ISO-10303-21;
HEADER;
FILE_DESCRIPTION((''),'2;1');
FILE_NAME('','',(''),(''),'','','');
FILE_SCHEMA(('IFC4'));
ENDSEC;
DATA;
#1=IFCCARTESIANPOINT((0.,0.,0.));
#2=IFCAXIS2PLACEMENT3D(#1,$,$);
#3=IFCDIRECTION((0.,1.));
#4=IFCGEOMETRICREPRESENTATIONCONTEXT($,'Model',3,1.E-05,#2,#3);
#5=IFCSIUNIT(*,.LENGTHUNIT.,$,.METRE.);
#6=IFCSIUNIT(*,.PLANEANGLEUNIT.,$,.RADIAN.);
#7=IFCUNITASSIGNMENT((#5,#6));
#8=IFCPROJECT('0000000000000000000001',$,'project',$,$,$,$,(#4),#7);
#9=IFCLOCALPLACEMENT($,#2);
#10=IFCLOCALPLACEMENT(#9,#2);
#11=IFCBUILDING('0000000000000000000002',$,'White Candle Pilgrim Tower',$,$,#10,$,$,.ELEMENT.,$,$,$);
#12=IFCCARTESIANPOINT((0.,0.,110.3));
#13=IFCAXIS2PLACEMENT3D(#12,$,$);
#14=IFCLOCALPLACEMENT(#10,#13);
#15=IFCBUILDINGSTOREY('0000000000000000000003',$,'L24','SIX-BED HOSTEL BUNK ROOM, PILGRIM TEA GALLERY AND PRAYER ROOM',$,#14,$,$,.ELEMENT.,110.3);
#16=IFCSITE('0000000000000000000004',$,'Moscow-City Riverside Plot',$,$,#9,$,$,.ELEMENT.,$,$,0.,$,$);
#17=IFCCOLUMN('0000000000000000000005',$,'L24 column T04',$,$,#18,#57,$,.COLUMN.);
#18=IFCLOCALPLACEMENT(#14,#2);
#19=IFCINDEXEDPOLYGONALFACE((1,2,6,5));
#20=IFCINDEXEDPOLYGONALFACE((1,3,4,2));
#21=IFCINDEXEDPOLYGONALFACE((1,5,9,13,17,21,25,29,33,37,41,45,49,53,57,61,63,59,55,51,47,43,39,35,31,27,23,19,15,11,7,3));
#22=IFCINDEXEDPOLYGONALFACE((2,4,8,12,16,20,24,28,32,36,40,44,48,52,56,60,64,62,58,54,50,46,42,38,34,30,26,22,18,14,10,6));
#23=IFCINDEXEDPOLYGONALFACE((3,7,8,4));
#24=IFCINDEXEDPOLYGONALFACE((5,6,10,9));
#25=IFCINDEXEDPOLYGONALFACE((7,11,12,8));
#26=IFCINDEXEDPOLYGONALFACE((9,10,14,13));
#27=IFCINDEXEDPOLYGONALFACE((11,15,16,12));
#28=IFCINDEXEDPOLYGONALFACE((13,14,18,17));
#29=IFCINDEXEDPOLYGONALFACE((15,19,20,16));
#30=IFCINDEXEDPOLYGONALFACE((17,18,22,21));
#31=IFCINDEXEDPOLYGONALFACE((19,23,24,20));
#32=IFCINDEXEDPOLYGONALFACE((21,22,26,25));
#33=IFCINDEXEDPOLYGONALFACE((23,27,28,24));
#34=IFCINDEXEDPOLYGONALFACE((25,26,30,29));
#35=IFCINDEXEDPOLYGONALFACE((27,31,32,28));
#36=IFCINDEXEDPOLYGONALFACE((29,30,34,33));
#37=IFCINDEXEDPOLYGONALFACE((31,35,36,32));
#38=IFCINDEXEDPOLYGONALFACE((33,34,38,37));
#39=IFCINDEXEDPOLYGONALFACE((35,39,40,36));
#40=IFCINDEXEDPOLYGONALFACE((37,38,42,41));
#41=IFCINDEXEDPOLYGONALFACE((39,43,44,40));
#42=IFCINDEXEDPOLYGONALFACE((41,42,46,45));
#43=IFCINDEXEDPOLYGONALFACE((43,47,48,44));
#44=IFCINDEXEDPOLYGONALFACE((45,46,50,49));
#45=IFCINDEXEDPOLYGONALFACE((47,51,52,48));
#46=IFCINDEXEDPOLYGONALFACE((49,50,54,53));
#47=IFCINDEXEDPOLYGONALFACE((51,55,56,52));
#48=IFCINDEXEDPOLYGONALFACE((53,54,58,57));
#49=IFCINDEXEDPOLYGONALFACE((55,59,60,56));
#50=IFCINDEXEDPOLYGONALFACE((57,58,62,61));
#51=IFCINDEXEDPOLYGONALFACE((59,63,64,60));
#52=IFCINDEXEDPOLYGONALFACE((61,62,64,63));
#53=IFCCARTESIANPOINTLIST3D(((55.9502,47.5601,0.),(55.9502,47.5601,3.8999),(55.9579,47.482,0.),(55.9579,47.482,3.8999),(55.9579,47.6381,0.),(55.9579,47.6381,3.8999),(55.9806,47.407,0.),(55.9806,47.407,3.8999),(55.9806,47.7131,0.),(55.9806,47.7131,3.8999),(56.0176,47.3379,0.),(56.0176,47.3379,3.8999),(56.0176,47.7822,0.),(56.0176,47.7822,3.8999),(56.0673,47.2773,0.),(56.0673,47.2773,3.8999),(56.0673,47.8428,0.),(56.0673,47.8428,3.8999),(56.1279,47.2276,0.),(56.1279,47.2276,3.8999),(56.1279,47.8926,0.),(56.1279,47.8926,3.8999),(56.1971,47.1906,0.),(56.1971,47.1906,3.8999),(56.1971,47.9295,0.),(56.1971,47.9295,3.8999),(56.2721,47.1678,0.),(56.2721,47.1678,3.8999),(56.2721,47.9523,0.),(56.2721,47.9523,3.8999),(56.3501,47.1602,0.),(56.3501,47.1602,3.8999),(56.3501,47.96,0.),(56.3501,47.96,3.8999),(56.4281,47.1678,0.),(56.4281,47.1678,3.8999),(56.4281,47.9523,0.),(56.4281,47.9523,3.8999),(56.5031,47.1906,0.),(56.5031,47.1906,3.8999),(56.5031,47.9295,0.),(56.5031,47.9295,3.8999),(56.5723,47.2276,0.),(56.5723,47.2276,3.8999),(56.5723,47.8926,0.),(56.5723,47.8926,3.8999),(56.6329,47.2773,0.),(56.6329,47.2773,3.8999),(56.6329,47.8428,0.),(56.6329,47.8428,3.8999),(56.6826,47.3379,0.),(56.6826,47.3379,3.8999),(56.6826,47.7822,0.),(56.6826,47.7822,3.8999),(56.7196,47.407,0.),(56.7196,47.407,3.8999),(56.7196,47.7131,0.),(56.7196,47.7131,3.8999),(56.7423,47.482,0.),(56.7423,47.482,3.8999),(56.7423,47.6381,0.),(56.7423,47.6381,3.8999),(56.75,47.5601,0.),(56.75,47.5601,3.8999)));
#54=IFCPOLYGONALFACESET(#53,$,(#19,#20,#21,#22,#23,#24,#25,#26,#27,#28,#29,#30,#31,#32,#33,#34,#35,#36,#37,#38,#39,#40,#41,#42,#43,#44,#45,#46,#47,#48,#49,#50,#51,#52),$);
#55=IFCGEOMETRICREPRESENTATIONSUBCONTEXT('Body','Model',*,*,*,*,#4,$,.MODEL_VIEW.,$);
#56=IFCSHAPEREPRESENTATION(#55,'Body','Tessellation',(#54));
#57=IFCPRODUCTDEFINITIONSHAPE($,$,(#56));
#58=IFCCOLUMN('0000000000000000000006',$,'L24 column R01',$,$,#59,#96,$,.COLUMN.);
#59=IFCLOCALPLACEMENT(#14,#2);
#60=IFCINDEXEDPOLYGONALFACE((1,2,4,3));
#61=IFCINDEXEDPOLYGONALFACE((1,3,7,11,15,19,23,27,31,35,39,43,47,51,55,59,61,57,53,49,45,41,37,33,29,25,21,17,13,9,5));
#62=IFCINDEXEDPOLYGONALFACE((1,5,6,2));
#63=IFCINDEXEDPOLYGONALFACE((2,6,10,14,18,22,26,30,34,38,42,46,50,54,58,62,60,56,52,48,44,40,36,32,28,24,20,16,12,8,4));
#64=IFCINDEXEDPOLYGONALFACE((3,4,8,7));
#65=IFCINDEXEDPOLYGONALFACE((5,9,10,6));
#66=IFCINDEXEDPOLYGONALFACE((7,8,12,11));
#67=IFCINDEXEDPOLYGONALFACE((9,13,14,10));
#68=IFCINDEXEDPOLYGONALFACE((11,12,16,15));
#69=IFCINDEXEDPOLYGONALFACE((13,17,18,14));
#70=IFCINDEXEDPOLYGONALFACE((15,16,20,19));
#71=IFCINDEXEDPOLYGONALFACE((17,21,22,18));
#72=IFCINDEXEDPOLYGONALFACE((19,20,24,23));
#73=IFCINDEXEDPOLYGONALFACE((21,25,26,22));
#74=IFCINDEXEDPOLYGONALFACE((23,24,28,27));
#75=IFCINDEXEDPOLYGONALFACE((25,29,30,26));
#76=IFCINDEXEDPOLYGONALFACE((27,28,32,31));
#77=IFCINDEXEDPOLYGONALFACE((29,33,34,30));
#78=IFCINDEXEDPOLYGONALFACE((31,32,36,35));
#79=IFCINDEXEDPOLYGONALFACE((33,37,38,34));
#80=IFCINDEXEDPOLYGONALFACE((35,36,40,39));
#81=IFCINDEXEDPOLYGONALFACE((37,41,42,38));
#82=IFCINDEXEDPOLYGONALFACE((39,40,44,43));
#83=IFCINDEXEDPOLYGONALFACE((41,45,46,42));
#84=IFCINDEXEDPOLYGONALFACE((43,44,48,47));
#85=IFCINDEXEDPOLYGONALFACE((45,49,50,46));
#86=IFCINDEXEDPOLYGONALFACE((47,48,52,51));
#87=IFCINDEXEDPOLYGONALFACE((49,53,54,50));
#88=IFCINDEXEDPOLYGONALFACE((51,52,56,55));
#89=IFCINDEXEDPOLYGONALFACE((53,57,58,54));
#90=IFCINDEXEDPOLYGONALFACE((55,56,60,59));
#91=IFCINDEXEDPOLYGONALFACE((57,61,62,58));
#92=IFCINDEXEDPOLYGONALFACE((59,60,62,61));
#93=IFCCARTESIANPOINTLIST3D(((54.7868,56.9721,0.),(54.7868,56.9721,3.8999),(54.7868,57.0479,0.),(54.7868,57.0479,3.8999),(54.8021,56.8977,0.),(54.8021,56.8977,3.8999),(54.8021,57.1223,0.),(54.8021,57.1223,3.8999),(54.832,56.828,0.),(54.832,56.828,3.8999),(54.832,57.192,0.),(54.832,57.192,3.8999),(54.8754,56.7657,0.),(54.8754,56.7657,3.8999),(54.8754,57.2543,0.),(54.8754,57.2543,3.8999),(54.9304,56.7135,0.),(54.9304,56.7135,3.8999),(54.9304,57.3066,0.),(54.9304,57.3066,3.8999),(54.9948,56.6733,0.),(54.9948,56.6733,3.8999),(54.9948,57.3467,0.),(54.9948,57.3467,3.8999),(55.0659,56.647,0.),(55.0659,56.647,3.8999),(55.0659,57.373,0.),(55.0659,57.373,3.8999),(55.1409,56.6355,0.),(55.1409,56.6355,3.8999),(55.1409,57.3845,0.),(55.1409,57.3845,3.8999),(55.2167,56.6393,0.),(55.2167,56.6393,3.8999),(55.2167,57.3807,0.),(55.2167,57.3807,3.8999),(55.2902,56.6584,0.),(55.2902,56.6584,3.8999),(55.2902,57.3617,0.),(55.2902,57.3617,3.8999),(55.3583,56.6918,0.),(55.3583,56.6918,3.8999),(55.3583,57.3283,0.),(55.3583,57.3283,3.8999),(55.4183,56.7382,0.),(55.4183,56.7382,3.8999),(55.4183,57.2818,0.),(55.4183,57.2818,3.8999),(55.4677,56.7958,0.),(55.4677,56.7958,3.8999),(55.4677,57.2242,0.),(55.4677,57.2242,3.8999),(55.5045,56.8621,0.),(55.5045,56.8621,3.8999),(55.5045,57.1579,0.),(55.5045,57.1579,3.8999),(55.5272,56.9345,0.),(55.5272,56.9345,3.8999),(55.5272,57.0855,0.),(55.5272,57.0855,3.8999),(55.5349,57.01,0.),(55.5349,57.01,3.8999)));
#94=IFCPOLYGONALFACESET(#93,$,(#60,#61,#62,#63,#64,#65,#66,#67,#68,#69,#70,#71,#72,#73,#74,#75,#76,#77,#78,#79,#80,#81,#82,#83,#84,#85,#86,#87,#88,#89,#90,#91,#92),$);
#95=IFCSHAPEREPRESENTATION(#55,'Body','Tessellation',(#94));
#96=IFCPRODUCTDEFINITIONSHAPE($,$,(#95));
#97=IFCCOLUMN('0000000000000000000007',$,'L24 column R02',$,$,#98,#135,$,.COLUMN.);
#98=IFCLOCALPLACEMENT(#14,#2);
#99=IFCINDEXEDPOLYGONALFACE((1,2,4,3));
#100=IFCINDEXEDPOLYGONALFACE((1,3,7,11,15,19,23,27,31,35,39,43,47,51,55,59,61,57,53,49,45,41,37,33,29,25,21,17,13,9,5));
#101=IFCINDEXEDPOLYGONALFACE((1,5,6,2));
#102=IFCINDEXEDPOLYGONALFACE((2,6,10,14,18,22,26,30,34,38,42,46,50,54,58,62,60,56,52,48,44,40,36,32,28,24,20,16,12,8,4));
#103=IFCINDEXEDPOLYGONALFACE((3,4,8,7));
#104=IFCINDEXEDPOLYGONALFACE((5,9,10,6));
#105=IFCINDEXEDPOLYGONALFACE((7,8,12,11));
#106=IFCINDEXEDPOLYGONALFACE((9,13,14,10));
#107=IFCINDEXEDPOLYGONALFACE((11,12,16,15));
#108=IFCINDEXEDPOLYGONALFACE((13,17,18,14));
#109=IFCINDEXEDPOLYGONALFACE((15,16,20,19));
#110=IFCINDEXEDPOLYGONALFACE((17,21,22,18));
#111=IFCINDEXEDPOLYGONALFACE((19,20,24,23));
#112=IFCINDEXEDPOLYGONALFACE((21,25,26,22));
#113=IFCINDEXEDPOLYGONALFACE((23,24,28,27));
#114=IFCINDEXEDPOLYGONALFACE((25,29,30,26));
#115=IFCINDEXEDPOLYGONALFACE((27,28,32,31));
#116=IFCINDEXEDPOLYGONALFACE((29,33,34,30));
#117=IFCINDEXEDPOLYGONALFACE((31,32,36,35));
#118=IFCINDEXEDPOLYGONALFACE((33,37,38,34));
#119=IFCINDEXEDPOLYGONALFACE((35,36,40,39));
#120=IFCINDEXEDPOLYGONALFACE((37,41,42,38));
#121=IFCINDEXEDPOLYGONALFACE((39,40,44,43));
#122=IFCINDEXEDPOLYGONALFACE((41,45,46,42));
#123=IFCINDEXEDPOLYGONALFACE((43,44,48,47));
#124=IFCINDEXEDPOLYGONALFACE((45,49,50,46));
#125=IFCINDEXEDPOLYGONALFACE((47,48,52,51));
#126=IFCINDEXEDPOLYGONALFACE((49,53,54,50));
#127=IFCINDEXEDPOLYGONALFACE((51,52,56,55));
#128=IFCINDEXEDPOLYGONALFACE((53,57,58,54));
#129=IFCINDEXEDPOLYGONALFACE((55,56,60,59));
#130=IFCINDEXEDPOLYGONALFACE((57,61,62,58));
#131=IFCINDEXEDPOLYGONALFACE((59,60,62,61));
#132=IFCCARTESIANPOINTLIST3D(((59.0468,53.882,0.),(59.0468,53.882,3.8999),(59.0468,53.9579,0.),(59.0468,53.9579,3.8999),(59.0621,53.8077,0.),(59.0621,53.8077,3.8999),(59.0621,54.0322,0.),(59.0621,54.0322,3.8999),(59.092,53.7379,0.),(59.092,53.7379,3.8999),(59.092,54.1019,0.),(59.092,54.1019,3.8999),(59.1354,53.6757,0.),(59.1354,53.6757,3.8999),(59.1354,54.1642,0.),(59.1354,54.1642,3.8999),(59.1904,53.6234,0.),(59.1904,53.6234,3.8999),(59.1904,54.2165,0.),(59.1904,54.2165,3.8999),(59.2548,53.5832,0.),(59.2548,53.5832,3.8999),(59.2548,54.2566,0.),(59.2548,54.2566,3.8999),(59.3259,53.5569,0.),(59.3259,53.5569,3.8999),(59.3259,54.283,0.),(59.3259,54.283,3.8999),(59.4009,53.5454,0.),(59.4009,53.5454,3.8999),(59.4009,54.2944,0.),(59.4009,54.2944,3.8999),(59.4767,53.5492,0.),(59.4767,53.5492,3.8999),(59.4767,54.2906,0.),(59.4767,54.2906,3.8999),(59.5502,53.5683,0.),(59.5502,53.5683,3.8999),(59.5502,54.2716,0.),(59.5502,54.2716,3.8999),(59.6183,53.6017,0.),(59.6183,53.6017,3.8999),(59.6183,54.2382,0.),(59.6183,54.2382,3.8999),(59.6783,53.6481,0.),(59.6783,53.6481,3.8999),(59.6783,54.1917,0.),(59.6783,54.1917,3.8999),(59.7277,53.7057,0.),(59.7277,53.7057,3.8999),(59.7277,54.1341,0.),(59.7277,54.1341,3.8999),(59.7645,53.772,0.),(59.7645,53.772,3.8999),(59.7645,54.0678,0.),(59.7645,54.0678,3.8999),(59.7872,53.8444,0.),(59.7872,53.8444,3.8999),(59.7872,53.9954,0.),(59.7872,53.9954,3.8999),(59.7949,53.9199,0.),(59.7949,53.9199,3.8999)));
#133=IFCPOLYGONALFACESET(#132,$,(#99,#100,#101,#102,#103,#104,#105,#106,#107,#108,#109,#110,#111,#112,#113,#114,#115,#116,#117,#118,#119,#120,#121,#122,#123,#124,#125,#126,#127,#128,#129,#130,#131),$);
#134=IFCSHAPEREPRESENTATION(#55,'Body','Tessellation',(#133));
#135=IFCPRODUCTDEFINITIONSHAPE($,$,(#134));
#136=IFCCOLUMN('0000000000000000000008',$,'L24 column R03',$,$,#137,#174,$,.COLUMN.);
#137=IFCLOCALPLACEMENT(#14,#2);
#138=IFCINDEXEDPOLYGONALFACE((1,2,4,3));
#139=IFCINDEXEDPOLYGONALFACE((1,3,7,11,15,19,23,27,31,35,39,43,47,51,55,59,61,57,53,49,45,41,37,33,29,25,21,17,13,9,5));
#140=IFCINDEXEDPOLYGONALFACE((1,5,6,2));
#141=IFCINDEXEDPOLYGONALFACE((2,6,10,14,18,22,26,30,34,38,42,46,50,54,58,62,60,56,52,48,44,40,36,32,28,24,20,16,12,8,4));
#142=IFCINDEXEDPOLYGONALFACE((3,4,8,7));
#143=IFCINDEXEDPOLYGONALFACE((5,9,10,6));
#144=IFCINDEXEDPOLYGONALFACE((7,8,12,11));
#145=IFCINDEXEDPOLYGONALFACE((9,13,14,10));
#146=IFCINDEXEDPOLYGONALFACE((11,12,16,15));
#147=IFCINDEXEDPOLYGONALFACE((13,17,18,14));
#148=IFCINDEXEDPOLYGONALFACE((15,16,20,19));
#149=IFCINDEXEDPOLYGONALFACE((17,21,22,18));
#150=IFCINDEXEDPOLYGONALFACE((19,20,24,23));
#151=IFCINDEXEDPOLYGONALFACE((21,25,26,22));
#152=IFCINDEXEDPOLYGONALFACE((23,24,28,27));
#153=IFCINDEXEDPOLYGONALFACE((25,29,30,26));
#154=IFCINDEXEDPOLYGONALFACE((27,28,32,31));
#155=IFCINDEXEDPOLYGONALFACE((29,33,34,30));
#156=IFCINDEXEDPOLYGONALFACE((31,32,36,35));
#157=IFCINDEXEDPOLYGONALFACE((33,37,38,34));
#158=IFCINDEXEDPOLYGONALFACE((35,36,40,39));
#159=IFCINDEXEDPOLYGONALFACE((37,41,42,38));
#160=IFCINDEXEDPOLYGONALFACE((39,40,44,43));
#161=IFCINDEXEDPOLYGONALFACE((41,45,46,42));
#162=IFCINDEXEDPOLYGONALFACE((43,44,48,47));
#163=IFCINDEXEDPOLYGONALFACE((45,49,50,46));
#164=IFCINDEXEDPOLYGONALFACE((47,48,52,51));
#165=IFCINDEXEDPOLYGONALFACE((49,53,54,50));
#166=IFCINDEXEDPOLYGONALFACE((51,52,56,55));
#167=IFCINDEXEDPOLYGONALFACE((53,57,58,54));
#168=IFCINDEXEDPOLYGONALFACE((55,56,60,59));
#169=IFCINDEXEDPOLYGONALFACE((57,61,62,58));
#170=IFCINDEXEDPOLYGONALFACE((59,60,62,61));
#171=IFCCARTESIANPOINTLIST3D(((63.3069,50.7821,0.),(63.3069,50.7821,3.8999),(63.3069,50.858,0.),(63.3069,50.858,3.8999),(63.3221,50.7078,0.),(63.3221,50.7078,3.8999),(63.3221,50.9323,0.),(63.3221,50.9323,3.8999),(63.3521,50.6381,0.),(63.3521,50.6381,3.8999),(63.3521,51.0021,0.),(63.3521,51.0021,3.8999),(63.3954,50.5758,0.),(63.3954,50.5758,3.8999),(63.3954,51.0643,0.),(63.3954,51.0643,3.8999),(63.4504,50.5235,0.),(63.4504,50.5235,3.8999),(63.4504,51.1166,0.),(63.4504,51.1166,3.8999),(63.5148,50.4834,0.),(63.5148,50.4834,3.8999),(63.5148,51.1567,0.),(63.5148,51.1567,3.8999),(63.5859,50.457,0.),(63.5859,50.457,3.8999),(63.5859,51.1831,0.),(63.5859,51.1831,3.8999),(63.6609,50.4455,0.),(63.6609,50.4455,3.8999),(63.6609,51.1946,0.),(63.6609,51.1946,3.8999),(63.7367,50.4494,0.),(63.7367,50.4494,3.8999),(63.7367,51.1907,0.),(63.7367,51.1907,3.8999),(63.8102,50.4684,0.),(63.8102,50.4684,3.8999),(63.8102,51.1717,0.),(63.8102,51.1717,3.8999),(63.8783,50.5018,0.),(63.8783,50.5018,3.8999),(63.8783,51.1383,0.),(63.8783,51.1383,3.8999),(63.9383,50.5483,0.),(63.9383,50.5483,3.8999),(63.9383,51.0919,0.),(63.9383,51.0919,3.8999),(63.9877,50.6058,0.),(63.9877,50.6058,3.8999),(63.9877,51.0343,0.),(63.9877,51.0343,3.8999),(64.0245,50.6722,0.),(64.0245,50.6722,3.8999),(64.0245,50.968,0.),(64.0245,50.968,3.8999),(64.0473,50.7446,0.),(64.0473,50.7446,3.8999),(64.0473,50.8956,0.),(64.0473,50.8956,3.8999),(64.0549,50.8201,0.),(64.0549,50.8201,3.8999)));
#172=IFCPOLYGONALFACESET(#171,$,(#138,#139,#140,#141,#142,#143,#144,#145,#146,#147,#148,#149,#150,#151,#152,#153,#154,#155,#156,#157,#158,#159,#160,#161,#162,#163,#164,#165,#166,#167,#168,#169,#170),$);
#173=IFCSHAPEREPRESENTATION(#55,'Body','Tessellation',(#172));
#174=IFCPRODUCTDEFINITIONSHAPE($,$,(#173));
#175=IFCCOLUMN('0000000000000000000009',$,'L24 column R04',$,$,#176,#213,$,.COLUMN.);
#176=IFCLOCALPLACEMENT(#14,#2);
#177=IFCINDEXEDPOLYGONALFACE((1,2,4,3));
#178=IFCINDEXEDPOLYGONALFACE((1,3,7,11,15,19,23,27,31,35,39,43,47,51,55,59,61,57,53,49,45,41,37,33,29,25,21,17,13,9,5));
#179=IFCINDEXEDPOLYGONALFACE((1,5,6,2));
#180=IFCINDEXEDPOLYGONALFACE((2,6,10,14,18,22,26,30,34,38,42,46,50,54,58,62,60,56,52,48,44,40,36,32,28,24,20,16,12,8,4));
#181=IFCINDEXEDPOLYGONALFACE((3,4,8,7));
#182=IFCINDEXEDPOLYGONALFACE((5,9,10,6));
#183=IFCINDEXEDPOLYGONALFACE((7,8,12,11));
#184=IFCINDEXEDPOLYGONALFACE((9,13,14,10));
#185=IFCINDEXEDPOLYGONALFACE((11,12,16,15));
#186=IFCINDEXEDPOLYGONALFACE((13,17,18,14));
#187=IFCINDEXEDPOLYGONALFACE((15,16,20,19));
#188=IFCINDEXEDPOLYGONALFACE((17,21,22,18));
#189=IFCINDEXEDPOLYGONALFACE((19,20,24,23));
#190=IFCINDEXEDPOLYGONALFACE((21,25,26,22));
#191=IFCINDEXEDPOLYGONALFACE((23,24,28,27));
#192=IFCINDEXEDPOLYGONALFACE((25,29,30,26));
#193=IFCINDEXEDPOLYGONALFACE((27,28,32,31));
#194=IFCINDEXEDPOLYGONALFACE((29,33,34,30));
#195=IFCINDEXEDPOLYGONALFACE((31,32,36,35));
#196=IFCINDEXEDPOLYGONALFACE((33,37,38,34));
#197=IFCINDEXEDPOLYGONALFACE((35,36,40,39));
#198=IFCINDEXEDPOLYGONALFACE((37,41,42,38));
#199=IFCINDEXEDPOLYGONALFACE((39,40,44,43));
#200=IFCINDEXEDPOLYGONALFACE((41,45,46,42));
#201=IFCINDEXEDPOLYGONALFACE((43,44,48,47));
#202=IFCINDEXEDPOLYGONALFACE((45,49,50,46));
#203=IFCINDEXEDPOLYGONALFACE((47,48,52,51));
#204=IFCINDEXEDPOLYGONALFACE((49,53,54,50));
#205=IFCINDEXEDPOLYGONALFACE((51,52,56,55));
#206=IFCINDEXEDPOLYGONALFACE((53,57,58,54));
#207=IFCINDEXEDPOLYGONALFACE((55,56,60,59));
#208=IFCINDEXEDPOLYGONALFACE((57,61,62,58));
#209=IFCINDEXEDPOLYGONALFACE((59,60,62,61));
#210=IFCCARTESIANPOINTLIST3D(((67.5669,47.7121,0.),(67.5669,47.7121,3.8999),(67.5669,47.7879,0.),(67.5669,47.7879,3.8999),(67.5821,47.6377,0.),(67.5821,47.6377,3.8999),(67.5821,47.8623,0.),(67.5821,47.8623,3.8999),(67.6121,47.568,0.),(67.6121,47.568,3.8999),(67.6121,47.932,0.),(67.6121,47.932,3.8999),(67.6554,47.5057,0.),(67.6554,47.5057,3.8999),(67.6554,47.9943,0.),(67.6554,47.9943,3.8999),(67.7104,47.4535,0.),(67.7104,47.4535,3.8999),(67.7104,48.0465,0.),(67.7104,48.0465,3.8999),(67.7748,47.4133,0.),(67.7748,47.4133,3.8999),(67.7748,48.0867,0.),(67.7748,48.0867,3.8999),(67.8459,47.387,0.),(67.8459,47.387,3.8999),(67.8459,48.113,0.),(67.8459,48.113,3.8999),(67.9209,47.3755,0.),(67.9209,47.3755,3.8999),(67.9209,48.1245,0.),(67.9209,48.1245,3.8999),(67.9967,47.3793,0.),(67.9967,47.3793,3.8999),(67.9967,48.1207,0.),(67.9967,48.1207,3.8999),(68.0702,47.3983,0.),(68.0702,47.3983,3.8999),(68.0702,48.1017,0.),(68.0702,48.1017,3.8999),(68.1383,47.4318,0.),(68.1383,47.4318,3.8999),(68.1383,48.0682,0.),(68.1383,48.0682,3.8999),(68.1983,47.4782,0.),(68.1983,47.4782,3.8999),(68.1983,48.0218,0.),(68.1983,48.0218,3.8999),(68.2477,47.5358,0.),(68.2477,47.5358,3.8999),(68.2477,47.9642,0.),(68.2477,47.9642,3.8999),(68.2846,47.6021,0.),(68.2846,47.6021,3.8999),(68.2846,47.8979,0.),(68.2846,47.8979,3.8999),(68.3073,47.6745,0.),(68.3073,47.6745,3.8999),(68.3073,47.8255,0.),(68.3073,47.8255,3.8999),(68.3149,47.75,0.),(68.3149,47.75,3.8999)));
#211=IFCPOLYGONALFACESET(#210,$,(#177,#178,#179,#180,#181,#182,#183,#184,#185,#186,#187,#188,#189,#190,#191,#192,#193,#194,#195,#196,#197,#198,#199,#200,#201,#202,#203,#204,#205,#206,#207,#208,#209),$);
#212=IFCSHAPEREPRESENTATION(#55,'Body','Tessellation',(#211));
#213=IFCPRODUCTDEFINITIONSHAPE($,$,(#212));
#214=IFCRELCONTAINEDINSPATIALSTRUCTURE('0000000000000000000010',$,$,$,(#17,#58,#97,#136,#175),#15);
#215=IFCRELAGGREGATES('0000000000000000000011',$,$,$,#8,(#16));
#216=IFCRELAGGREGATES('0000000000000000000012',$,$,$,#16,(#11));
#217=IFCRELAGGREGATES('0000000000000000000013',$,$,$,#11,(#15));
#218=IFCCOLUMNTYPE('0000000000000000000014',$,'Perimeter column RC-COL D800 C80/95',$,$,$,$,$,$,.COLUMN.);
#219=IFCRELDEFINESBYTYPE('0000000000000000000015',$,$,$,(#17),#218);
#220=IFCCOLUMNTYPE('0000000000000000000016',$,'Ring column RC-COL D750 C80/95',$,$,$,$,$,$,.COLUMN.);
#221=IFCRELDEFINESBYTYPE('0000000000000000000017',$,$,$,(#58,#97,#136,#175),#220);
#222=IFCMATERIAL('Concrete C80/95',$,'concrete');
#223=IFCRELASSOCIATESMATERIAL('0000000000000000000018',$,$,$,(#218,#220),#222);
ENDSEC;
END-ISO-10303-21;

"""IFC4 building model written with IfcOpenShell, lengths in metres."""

from ifc_helpers import new_model, si_unit, direction, frame, origin, origin_2d, place, context, subcontext, project, spatial, circle, extrude, material, material_profile, profile_set, type_object, element, save


model = new_model("IFC4")

# Units and contexts
model_context = context("Model", 3, precision=1e-05, world=origin(), true_north=direction((0.0, 1.0)))
body_context = subcontext(model_context, "Body", "Model", "MODEL_VIEW")
ifc_project = project(units=[si_unit("LENGTHUNIT", "METRE"), si_unit("PLANEANGLEUNIT", "RADIAN")], contexts=[model_context])

# Site, building, storey
site_placement = place(None, origin())
site = spatial("IfcSite", under=ifc_project, at=site_placement, Name="Moscow-City Riverside Plot", CompositionType="ELEMENT", RefElevation=0.0)
building_placement = place(site_placement, origin())
building = spatial("IfcBuilding", under=site, at=building_placement, Name="White Candle Pilgrim Tower", CompositionType="ELEMENT")
storey_placement = place(building_placement, frame((0.0, 0.0, 110.3)))
storey = spatial("IfcBuildingStorey", under=building, at=storey_placement, Name="L24", Description="SIX-BED HOSTEL BUNK ROOM, PILGRIM TEA GALLERY AND PRAYER ROOM", CompositionType="ELEMENT", Elevation=110.3)

# Columns
ifc_material_1 = material(Name="Concrete C80/95", Category="concrete")
ifc_material_profile_1 = material_profile(ifc_material_1, circle(Radius=0.3999, at=origin_2d()), Name="RC-COL D800")
ifc_profile_set_1 = profile_set([ifc_material_profile_1], Name="Concrete C80/95")
column_type_1 = type_object("IfcColumnType", Name="Perimeter column RC-COL D800 C80/95", PredefinedType="COLUMN", material=ifc_profile_set_1)
column_placement = place(storey_placement, frame((56.3501, 47.5601, 0.0), z_axis=(0.0, 0.0, 1.0), x_axis=(1.0, 0.0, 0.0)))
element("IfcColumn", 1, at=column_placement, inside=storey, type_object=column_type_1, Name="L24 column T04", PredefinedType="COLUMN", context=body_context, shape_type="SweptSolid", body=[
    extrude(circle(Radius=0.3999, at=origin_2d()), origin(), (0.0, 0.0, 1.0), 3.8999),
])
ifc_material_profile_2 = material_profile(ifc_material_1, circle(Radius=0.375, at=origin_2d()), Name="RC-COL D750")
ifc_profile_set_2 = profile_set([ifc_material_profile_2], Name="Concrete C80/95")
column_type_2 = type_object("IfcColumnType", Name="Ring column RC-COL D750 C80/95", PredefinedType="COLUMN", material=ifc_profile_set_2)
for number, where, z_axis, x_axis, name in (
    (2, (55.1599, 57.01, 0.0), (0.0, 0.0, 1.0), (1.0, 0.0, 0.0), "L24 column R01"),
    (3, (59.4199, 53.9199, 0.0), (0.0, 0.0, 1.0), (1.0, 0.0, 0.0), "L24 column R02"),
    (4, (63.6799, 50.8201, 0.0), (0.0, 0.0, 1.0), (1.0, 0.0, 0.0), "L24 column R03"),
    (5, (67.9399, 47.75, 0.0), (0.0, 0.0, 1.0), (1.0, 0.0, 0.0), "L24 column R04"),
):
    element("IfcColumn", number, at=place(storey_placement, frame(where, z_axis=z_axis, x_axis=x_axis)), inside=storey, type_object=column_type_2, Name=name, PredefinedType="COLUMN", context=body_context, shape_type="SweptSolid", body=[
        extrude(circle(Radius=0.375, at=origin_2d()), origin(), (0.0, 0.0, 1.0), 3.8999),
    ])

save(model, "model.ifc")
